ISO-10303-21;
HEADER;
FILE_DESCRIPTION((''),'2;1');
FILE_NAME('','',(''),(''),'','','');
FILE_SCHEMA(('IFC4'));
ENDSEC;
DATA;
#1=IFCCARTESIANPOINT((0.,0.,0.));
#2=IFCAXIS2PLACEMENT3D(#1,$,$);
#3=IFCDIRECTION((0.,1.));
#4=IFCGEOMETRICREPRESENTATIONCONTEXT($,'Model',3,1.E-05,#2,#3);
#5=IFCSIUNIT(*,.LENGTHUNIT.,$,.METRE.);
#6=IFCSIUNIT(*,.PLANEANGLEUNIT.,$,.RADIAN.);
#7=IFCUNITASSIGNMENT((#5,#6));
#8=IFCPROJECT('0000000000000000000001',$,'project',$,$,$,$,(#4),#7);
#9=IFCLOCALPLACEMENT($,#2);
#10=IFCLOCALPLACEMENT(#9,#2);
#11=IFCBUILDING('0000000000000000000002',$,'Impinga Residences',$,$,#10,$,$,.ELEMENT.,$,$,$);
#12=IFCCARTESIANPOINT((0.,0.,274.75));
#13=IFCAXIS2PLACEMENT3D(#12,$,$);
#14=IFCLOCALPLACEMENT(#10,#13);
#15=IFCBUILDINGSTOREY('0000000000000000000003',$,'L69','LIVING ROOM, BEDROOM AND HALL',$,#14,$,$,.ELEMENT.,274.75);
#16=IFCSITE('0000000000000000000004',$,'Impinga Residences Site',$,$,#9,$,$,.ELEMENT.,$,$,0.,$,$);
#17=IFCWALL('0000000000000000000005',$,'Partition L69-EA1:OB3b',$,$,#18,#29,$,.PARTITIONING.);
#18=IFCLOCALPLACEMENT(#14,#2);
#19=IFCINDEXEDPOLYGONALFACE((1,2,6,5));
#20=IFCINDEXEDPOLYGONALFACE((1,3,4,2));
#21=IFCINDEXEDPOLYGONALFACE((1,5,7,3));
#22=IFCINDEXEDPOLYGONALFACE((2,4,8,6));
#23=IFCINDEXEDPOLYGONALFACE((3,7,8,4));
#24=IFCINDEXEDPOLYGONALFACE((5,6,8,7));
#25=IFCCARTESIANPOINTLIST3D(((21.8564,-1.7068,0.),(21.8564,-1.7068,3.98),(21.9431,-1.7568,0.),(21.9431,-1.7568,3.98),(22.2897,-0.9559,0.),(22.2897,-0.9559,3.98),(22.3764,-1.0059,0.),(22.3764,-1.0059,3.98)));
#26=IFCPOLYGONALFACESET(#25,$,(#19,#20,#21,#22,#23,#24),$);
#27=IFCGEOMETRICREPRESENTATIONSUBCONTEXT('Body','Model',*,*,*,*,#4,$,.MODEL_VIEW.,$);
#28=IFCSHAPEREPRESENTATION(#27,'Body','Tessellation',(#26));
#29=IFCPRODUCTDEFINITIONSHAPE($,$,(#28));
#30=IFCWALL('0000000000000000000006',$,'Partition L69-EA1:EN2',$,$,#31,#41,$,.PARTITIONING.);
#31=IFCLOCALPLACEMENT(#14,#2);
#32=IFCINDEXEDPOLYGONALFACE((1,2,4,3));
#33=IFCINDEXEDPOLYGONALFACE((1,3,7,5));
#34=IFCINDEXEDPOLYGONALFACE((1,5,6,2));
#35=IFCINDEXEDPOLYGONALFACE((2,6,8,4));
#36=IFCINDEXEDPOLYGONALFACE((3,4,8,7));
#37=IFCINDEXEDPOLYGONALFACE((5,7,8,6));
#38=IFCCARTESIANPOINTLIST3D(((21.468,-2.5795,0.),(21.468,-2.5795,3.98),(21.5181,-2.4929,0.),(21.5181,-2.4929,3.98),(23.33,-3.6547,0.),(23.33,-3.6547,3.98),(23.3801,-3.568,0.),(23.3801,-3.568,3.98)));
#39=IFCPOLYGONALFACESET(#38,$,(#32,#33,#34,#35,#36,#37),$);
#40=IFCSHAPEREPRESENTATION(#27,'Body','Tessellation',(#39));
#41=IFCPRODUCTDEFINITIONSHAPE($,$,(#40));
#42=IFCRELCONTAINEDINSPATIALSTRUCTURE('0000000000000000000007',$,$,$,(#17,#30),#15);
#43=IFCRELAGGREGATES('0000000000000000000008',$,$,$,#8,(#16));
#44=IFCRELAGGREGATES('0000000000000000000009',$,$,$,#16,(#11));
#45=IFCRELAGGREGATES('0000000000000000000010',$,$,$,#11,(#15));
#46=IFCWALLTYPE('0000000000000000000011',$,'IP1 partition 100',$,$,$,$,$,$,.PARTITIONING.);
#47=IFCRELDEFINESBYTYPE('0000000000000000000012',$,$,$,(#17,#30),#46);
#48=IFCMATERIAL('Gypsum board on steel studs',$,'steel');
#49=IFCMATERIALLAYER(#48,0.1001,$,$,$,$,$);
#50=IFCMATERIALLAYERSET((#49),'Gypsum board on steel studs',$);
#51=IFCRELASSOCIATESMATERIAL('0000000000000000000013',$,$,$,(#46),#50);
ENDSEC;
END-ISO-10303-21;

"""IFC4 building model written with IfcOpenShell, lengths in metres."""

from ifc_helpers import new_model, si_unit, direction, frame, frame_2d, origin, place, context, subcontext, project, spatial, rectangle, extrude, material, layer, layer_set, type_object, element, save


model = new_model("IFC4")

# Units and contexts
model_context = context("Model", 3, precision=1e-05, world=origin(), true_north=direction((0.0, 1.0)))
body_context = subcontext(model_context, "Body", "Model", "MODEL_VIEW")
ifc_project = project(units=[si_unit("LENGTHUNIT", "METRE"), si_unit("PLANEANGLEUNIT", "RADIAN")], contexts=[model_context])

# Site, building, storey
site_placement = place(None, origin())
site = spatial("IfcSite", under=ifc_project, at=site_placement, Name="Impinga Residences Site", CompositionType="ELEMENT", RefElevation=0.0)
building_placement = place(site_placement, origin())
building = spatial("IfcBuilding", under=site, at=building_placement, Name="Impinga Residences", CompositionType="ELEMENT")
storey_placement = place(building_placement, frame((0.0, 0.0, 274.75)))
storey = spatial("IfcBuildingStorey", under=building, at=storey_placement, Name="L69", Description="LIVING ROOM, BEDROOM AND HALL", CompositionType="ELEMENT", Elevation=274.75)

# Walls
ifc_material_1 = material(Name="Gypsum board on steel studs", Category="steel")
ifc_layer_1 = layer(ifc_material_1, 0.1001)
ifc_layer_set_1 = layer_set([ifc_layer_1], Name="Gypsum board on steel studs")
wall_type = type_object("IfcWallType", Name="IP1 partition 100", PredefinedType="PARTITIONING", material=ifc_layer_set_1)
wall_1_placement = place(storey_placement, frame((21.8997, -1.7319, 0.0), z_axis=(0.0, 0.0, 1.0), x_axis=(0.499804, 0.866139, 0.0)))
element("IfcWall", 1, at=wall_1_placement, inside=storey, type_object=wall_type, Name="Partition L69-EA1:OB3b", PredefinedType="PARTITIONING", context=body_context, shape_type="SweptSolid", body=[
    extrude(rectangle(XDim=0.8669, YDim=0.1001, at=frame_2d((0.4336, 0.0))), origin(), (0.0, 0.0, 1.0), 3.98),
])
wall_2_placement = place(storey_placement, frame((21.4929, -2.5361, 0.0), z_axis=(0.0, 0.0, 1.0), x_axis=(0.865998, -0.500047, 0.0)))
element("IfcWall", 2, at=wall_2_placement, inside=storey, type_object=wall_type, Name="Partition L69-EA1:EN2", PredefinedType="PARTITIONING", context=body_context, shape_type="SweptSolid", body=[
    extrude(rectangle(XDim=2.1501, YDim=0.1001, at=frame_2d((1.0752, 0.0))), origin(), (0.0, 0.0, 1.0), 3.98),
])

save(model, "model.ifc")
